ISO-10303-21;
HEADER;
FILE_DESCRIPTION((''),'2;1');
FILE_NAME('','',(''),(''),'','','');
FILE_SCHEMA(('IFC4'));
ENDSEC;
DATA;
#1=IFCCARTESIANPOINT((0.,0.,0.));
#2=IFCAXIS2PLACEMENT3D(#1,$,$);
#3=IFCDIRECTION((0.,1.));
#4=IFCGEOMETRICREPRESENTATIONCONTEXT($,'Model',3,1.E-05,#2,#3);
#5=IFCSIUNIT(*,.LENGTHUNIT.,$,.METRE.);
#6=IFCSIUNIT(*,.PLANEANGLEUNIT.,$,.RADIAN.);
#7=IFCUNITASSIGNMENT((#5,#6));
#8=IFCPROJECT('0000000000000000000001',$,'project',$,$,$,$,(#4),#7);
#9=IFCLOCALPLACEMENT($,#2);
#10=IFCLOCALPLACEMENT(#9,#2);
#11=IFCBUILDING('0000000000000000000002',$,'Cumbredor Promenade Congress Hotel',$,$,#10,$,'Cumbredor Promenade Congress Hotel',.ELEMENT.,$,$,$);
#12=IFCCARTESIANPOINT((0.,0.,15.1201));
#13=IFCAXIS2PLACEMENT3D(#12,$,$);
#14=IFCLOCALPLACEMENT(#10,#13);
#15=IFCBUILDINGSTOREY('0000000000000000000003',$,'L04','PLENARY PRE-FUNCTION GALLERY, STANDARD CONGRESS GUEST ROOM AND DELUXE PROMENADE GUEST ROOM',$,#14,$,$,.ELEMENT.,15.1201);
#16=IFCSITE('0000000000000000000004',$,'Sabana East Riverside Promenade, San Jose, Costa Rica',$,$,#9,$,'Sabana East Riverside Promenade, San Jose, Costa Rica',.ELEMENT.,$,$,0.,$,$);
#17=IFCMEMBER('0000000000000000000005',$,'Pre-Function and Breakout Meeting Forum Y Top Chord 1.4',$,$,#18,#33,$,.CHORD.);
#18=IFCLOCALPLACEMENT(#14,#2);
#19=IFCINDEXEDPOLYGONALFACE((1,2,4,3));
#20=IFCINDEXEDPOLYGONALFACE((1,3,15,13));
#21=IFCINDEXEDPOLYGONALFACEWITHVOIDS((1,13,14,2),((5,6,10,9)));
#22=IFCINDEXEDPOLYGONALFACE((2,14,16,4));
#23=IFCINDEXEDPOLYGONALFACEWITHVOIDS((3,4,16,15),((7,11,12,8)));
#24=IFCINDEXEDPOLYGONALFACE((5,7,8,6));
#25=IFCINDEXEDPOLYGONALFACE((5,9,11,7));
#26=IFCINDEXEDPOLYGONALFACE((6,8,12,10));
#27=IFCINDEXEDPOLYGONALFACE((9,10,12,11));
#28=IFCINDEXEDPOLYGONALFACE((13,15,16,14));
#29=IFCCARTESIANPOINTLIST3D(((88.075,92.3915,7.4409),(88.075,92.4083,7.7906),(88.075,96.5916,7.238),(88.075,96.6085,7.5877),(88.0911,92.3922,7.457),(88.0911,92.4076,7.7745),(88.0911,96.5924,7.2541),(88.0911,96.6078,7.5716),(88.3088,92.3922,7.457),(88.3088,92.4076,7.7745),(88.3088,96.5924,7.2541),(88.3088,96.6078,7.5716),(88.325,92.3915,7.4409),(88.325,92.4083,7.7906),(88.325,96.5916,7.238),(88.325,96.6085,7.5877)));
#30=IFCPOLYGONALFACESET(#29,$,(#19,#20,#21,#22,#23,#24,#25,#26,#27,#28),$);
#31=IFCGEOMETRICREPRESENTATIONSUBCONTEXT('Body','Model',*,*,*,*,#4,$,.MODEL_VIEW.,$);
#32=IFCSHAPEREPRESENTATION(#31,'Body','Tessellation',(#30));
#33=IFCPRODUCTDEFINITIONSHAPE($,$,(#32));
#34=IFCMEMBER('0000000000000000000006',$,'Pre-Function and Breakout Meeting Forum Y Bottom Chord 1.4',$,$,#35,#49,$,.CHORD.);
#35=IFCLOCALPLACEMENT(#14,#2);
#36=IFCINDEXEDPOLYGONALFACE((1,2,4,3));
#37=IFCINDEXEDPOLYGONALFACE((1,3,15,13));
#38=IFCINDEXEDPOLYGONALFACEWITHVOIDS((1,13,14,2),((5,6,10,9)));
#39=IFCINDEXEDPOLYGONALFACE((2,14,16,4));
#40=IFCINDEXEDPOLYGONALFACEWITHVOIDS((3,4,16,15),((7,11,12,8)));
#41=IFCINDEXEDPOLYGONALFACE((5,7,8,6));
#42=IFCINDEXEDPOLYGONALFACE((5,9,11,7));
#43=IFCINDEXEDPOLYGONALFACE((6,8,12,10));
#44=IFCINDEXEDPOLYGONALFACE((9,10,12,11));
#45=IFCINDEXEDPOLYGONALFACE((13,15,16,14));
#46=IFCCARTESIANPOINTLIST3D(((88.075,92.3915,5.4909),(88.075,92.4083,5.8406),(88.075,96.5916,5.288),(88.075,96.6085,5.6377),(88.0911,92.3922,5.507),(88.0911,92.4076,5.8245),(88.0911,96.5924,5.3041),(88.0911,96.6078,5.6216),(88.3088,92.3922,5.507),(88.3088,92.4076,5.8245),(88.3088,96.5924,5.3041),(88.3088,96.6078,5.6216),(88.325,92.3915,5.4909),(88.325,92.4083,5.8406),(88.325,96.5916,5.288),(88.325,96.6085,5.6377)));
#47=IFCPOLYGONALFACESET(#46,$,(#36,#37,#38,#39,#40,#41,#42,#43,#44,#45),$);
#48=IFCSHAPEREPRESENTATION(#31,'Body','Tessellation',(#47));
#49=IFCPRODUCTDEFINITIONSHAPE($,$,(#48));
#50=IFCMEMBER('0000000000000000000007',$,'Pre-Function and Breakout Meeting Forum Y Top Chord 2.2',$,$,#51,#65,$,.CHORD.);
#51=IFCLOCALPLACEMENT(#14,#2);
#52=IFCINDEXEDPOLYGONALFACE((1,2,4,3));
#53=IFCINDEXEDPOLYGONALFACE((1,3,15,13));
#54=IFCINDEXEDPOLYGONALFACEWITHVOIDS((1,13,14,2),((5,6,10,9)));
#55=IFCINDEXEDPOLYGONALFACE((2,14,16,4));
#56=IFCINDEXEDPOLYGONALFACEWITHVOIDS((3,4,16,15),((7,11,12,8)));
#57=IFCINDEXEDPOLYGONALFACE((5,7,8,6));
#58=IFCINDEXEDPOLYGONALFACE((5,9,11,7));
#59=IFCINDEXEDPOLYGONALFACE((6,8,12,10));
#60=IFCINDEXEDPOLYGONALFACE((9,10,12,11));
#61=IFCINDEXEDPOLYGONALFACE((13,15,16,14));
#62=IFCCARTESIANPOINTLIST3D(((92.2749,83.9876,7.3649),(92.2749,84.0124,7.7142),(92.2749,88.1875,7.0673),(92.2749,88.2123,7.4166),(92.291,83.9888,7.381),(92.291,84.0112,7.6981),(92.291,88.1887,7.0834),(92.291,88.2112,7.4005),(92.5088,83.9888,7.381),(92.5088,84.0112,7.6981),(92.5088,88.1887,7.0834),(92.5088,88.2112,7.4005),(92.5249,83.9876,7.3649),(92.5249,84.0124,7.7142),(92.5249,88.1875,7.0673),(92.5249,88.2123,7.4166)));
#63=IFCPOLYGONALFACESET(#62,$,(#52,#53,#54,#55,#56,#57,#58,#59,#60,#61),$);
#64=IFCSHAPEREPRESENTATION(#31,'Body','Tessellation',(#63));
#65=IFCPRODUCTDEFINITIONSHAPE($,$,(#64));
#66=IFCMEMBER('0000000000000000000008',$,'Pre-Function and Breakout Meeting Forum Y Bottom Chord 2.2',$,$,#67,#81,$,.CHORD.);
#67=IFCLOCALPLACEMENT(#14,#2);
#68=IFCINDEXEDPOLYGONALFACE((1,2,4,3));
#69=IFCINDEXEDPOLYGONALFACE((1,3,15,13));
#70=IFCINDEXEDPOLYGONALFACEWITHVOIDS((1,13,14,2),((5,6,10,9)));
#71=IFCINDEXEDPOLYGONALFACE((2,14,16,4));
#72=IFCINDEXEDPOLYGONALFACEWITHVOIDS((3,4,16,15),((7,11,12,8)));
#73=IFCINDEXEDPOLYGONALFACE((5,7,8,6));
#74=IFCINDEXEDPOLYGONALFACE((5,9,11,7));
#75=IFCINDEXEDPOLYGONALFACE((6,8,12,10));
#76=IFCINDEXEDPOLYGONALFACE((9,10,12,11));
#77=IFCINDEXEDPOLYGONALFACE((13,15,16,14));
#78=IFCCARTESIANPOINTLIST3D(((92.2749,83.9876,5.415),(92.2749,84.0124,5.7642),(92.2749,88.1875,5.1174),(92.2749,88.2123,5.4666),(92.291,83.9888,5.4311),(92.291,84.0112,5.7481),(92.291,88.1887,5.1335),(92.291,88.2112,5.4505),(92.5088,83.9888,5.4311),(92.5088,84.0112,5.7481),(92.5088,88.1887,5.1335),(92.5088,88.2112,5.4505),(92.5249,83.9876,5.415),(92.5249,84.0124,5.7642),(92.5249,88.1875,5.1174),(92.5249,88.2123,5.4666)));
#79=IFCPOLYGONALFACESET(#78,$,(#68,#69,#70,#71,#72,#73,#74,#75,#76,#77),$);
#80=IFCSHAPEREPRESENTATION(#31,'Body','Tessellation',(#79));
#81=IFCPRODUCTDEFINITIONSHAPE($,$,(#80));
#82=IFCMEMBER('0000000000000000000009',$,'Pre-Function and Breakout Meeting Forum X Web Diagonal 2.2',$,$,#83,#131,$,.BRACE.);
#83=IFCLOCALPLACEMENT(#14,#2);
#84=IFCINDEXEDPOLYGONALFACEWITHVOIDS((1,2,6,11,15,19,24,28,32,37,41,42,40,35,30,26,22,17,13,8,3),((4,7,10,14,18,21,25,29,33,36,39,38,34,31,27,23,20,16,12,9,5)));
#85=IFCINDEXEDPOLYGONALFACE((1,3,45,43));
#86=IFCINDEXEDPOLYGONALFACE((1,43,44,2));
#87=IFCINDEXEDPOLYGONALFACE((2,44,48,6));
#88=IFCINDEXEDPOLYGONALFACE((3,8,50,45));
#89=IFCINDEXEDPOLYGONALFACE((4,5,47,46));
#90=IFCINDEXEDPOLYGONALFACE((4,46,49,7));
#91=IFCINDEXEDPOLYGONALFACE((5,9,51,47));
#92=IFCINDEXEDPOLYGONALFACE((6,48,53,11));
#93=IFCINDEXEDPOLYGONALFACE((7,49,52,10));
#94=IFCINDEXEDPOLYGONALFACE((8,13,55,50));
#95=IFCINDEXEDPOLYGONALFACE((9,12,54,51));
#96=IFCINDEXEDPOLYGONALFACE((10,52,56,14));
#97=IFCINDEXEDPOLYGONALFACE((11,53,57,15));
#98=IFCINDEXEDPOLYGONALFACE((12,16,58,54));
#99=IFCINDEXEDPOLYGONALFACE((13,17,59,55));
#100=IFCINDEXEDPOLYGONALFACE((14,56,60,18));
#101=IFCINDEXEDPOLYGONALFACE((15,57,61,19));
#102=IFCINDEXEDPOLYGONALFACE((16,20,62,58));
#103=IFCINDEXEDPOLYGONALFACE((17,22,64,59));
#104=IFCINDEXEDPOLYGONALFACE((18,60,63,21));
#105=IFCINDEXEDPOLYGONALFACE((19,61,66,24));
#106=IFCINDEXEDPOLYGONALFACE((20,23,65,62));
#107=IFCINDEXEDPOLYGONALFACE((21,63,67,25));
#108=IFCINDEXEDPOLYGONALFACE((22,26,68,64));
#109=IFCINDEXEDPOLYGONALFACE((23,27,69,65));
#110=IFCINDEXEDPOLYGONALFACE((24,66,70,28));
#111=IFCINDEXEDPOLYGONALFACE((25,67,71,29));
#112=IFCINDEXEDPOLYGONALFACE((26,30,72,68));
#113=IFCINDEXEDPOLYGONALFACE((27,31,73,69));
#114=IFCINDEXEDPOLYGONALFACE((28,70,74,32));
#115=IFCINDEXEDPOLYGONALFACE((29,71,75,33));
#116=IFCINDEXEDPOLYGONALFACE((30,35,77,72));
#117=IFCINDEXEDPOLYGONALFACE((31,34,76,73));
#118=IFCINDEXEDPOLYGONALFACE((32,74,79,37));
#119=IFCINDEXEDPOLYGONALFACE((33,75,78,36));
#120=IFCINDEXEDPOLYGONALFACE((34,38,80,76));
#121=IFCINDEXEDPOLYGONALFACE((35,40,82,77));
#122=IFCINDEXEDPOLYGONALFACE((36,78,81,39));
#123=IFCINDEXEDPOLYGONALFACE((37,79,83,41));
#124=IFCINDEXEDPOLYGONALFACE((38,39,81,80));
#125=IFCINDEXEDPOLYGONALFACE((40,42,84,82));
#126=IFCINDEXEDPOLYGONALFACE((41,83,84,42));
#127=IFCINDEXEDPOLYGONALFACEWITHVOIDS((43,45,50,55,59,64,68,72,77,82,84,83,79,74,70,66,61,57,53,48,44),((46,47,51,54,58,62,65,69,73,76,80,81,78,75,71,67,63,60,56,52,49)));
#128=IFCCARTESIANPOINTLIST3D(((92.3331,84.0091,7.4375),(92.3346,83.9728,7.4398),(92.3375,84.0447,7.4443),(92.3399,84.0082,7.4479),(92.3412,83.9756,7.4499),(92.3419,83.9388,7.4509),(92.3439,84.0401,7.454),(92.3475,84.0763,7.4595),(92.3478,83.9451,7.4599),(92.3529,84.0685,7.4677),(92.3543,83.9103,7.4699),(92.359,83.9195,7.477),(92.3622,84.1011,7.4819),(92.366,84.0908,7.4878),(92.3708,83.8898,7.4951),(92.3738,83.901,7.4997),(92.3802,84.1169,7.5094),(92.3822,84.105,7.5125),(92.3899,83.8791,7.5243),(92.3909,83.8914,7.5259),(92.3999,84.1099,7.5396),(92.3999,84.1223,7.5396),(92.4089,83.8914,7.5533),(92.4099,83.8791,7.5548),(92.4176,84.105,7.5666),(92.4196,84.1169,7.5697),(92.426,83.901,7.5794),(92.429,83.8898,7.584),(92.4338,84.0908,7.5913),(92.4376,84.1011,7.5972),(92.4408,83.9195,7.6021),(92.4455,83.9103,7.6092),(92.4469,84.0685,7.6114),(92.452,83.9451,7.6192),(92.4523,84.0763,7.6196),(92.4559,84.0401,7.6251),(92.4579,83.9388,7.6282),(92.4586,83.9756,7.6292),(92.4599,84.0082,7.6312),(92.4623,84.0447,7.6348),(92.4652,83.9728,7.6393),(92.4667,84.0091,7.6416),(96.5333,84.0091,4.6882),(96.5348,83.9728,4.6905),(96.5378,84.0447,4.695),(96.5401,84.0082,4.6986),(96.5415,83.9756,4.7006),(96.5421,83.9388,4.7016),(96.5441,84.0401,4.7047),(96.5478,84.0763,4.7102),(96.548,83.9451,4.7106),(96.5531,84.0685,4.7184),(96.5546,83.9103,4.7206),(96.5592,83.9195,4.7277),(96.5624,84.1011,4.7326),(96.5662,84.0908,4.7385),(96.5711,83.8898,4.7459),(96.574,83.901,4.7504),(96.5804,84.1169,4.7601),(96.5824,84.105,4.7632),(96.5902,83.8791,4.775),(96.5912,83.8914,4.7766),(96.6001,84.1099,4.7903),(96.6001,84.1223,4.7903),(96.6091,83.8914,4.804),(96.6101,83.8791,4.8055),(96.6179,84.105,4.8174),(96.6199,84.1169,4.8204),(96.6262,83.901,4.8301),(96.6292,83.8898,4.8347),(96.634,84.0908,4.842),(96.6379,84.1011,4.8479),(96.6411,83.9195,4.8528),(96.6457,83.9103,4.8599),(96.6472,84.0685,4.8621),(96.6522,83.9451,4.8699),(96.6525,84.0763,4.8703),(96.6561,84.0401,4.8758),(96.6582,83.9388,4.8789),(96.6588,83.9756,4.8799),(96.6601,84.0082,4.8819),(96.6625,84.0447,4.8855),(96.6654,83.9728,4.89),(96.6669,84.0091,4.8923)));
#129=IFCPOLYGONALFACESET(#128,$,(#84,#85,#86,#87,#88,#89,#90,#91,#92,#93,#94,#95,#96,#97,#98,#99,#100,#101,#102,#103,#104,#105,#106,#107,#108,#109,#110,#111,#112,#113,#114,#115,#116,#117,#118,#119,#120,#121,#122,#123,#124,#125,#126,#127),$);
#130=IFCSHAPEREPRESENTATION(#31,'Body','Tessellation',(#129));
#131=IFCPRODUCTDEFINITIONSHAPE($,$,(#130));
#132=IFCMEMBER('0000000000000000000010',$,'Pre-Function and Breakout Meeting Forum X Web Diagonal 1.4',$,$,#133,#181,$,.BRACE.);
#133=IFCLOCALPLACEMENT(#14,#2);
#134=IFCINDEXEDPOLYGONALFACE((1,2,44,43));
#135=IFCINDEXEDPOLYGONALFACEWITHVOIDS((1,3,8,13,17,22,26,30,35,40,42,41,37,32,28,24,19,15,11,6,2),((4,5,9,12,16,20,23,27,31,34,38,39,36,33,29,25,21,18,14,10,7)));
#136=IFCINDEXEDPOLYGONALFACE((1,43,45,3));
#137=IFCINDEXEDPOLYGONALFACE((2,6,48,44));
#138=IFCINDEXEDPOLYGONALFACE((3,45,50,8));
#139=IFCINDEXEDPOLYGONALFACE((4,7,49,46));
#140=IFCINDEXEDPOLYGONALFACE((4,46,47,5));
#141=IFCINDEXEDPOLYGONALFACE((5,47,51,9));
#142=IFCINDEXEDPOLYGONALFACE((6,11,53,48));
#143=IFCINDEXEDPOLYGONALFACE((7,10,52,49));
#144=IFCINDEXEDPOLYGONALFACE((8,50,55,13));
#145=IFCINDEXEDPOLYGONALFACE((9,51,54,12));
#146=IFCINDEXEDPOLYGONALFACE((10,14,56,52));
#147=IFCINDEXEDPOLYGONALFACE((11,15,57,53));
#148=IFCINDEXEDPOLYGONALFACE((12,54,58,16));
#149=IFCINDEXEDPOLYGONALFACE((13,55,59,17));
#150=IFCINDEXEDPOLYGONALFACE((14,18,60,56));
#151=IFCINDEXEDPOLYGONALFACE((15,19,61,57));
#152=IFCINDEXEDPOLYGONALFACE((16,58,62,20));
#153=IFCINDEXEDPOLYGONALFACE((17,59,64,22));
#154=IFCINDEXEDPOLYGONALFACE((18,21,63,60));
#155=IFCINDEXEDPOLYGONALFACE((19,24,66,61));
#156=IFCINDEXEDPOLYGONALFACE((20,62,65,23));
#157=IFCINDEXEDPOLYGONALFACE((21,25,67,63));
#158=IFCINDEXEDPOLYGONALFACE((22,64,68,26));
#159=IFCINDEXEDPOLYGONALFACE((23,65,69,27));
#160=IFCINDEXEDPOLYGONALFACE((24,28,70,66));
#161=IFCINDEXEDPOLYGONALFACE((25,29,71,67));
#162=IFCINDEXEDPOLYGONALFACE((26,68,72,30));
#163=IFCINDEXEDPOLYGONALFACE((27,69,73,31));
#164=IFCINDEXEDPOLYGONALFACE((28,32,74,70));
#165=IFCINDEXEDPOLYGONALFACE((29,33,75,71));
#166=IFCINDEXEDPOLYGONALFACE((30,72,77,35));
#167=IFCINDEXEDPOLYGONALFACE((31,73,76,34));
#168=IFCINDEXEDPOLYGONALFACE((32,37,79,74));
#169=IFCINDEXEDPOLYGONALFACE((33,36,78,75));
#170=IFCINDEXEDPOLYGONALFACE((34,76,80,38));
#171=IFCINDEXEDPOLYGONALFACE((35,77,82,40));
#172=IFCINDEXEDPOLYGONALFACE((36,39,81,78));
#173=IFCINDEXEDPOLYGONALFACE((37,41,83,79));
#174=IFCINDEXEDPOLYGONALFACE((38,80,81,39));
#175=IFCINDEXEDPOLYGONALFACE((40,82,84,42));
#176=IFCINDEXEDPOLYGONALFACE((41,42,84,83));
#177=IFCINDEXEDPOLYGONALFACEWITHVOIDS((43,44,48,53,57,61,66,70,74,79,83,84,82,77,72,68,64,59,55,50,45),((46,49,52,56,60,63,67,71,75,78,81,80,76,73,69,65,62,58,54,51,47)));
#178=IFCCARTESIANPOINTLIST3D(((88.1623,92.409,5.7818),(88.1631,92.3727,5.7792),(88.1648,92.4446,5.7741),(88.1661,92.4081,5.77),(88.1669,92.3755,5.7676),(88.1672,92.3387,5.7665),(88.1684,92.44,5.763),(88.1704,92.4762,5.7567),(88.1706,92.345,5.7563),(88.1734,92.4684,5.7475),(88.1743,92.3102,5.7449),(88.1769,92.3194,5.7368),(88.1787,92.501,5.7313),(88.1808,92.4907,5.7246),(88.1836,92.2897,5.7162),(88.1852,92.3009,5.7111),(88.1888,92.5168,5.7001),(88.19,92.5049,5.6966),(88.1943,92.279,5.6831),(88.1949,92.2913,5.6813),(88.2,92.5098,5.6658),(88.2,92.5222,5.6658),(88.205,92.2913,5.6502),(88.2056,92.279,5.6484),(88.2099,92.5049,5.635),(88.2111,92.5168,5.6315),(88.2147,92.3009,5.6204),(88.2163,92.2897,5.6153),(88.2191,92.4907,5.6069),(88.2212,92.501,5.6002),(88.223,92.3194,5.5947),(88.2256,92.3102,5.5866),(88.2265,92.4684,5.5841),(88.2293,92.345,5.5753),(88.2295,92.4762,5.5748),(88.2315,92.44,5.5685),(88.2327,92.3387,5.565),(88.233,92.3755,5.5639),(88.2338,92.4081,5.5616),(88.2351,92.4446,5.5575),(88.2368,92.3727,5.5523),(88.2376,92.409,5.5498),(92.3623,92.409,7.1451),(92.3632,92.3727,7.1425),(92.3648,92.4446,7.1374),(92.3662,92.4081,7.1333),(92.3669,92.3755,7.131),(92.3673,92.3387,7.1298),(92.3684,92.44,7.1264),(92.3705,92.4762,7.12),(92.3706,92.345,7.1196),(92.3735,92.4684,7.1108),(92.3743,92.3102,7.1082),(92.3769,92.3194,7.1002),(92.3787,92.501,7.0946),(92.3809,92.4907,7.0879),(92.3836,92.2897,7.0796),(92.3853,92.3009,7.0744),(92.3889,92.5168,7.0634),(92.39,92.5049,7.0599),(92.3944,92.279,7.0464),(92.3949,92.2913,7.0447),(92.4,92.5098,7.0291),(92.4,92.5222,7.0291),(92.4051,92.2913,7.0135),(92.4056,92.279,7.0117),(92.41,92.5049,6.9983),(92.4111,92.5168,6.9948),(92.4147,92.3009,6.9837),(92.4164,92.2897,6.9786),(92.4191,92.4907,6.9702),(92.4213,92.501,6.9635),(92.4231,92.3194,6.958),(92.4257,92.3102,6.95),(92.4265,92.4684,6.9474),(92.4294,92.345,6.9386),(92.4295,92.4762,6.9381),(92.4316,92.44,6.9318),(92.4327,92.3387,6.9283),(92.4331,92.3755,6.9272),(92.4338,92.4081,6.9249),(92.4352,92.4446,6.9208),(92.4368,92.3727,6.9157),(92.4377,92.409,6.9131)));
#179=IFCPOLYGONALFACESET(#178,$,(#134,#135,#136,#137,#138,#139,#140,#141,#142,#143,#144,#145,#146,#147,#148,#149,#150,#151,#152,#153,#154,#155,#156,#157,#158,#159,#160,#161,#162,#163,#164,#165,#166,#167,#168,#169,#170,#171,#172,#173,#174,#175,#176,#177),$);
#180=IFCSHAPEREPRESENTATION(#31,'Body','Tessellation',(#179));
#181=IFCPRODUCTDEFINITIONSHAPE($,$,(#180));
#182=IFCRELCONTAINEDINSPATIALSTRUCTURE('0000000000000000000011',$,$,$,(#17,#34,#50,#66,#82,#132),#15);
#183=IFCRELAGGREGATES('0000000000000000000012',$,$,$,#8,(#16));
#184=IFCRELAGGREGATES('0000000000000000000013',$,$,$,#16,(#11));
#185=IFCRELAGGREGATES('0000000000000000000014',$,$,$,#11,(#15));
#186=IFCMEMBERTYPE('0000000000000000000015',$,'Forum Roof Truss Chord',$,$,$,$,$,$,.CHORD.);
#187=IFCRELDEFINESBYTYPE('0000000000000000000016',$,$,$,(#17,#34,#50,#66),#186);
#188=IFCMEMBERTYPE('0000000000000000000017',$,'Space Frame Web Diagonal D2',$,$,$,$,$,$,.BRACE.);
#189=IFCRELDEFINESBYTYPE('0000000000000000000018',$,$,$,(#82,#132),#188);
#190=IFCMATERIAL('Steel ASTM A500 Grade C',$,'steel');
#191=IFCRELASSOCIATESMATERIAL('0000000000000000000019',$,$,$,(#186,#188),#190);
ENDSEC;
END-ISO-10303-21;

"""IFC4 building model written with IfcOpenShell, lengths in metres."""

from ifc_helpers import new_model, si_unit, direction, frame, origin, origin_2d, place, context, subcontext, project, spatial, hollow_rectangle, hollow_circle, extrude, material, material_profile, profile_set, type_object, element, save


model = new_model("IFC4")

# Units and contexts
model_context = context("Model", 3, precision=1e-05, world=origin(), true_north=direction((0.0, 1.0)))
body_context = subcontext(model_context, "Body", "Model", "MODEL_VIEW")
ifc_project = project(units=[si_unit("LENGTHUNIT", "METRE"), si_unit("PLANEANGLEUNIT", "RADIAN")], contexts=[model_context])

# Site, building, storey
site_placement = place(None, origin())
site = spatial("IfcSite", under=ifc_project, at=site_placement, Name="Sabana East Riverside Promenade, San Jose, Costa Rica", LongName="Sabana East Riverside Promenade, San Jose, Costa Rica", CompositionType="ELEMENT", RefElevation=0.0)
building_placement = place(site_placement, origin())
building = spatial("IfcBuilding", under=site, at=building_placement, Name="Cumbredor Promenade Congress Hotel", LongName="Cumbredor Promenade Congress Hotel", CompositionType="ELEMENT")
storey_placement = place(building_placement, frame((0.0, 0.0, 15.1201)))
storey = spatial("IfcBuildingStorey", under=building, at=storey_placement, Name="L04", Description="PLENARY PRE-FUNCTION GALLERY, STANDARD CONGRESS GUEST ROOM AND DELUXE PROMENADE GUEST ROOM", CompositionType="ELEMENT", Elevation=15.1201)

# Members
ifc_material_1 = material(Name="Steel ASTM A500 Grade C", Category="steel")
ifc_material_profile_1 = material_profile(ifc_material_1, hollow_rectangle(XDim=0.25, YDim=0.3501, WallThickness=0.0161, at=origin_2d()), Name="HSS 350x250x16")
ifc_profile_set_1 = profile_set([ifc_material_profile_1], Name="Steel ASTM A500 Grade C")
member_type_1 = type_object("IfcMemberType", Name="Forum Roof Truss Chord", PredefinedType="CHORD", material=ifc_profile_set_1)
for number, where, z_axis, x_axis, name in (
    (1, (88.2, 92.3999, 7.6157), (0.0, 0.998835, -0.048246), (-1.0, 0.0, 0.0), "Pre-Function and Breakout Meeting Forum Y Top Chord 1.4"),
    (2, (88.2, 92.3999, 5.6658), (0.0, 0.998835, -0.048246), (-1.0, 0.0, 0.0), "Pre-Function and Breakout Meeting Forum Y Bottom Chord 1.4"),
):
    element("IfcMember", number, at=place(storey_placement, frame(where, z_axis=z_axis, x_axis=x_axis)), inside=storey, type_object=member_type_1, Name=name, PredefinedType="CHORD", context=body_context, shape_type="SweptSolid", body=[
        extrude(hollow_rectangle(XDim=0.25, YDim=0.3501, WallThickness=0.0161, at=origin_2d()), origin(), (0.0, 0.0, 1.0), 4.2051),
    ])
for number, where, z_axis, x_axis, name in (
    (3, (92.3999, 84.0, 7.5396), (0.0, 0.997499, -0.070683), (-1.0, 0.0, 0.0), "Pre-Function and Breakout Meeting Forum Y Top Chord 2.2"),
    (4, (92.3999, 84.0, 5.5896), (0.0, 0.997499, -0.070683), (-1.0, 0.0, 0.0), "Pre-Function and Breakout Meeting Forum Y Bottom Chord 2.2"),
):
    element("IfcMember", number, at=place(storey_placement, frame(where, z_axis=z_axis, x_axis=x_axis)), inside=storey, type_object=member_type_1, Name=name, PredefinedType="CHORD", context=body_context, shape_type="SweptSolid", body=[
        extrude(hollow_rectangle(XDim=0.25, YDim=0.3501, WallThickness=0.0161, at=origin_2d()), origin(), (0.0, 0.0, 1.0), 4.2104),
    ])
ifc_material_profile_2 = material_profile(ifc_material_1, hollow_circle(Radius=0.1223, WallThickness=0.0125, at=origin_2d()), Name="CHS 244.5x12.5")
ifc_profile_set_2 = profile_set([ifc_material_profile_2], Name="Steel ASTM A500 Grade C")
member_type_2 = type_object("IfcMemberType", Name="Space Frame Web Diagonal D2", PredefinedType="BRACE", material=ifc_profile_set_2)
member_1_placement = place(storey_placement, frame((92.3999, 84.0, 7.5396), z_axis=(0.836697, 0.0, -0.547666), x_axis=(0.0, 1.0, 0.0)))
element("IfcMember", 5, at=member_1_placement, inside=storey, type_object=member_type_2, Name="Pre-Function and Breakout Meeting Forum X Web Diagonal 2.2", PredefinedType="BRACE", context=body_context, shape_type="SweptSolid", body=[
    extrude(hollow_circle(Radius=0.1223, WallThickness=0.0125, at=origin_2d()), origin(), (0.0, 0.0, 1.0), 5.02),
])
member_2_placement = place(storey_placement, frame((88.2, 92.3999, 5.6658), z_axis=(0.951147, 0.0, 0.308737), x_axis=(0.0, 1.0, 0.0)))
element("IfcMember", 6, at=member_2_placement, inside=storey, type_object=member_type_2, Name="Pre-Function and Breakout Meeting Forum X Web Diagonal 1.4", PredefinedType="BRACE", context=body_context, shape_type="SweptSolid", body=[
    extrude(hollow_circle(Radius=0.1223, WallThickness=0.0125, at=origin_2d()), origin(), (0.0, 0.0, 1.0), 4.4158),
])

save(model, "model.ifc")
